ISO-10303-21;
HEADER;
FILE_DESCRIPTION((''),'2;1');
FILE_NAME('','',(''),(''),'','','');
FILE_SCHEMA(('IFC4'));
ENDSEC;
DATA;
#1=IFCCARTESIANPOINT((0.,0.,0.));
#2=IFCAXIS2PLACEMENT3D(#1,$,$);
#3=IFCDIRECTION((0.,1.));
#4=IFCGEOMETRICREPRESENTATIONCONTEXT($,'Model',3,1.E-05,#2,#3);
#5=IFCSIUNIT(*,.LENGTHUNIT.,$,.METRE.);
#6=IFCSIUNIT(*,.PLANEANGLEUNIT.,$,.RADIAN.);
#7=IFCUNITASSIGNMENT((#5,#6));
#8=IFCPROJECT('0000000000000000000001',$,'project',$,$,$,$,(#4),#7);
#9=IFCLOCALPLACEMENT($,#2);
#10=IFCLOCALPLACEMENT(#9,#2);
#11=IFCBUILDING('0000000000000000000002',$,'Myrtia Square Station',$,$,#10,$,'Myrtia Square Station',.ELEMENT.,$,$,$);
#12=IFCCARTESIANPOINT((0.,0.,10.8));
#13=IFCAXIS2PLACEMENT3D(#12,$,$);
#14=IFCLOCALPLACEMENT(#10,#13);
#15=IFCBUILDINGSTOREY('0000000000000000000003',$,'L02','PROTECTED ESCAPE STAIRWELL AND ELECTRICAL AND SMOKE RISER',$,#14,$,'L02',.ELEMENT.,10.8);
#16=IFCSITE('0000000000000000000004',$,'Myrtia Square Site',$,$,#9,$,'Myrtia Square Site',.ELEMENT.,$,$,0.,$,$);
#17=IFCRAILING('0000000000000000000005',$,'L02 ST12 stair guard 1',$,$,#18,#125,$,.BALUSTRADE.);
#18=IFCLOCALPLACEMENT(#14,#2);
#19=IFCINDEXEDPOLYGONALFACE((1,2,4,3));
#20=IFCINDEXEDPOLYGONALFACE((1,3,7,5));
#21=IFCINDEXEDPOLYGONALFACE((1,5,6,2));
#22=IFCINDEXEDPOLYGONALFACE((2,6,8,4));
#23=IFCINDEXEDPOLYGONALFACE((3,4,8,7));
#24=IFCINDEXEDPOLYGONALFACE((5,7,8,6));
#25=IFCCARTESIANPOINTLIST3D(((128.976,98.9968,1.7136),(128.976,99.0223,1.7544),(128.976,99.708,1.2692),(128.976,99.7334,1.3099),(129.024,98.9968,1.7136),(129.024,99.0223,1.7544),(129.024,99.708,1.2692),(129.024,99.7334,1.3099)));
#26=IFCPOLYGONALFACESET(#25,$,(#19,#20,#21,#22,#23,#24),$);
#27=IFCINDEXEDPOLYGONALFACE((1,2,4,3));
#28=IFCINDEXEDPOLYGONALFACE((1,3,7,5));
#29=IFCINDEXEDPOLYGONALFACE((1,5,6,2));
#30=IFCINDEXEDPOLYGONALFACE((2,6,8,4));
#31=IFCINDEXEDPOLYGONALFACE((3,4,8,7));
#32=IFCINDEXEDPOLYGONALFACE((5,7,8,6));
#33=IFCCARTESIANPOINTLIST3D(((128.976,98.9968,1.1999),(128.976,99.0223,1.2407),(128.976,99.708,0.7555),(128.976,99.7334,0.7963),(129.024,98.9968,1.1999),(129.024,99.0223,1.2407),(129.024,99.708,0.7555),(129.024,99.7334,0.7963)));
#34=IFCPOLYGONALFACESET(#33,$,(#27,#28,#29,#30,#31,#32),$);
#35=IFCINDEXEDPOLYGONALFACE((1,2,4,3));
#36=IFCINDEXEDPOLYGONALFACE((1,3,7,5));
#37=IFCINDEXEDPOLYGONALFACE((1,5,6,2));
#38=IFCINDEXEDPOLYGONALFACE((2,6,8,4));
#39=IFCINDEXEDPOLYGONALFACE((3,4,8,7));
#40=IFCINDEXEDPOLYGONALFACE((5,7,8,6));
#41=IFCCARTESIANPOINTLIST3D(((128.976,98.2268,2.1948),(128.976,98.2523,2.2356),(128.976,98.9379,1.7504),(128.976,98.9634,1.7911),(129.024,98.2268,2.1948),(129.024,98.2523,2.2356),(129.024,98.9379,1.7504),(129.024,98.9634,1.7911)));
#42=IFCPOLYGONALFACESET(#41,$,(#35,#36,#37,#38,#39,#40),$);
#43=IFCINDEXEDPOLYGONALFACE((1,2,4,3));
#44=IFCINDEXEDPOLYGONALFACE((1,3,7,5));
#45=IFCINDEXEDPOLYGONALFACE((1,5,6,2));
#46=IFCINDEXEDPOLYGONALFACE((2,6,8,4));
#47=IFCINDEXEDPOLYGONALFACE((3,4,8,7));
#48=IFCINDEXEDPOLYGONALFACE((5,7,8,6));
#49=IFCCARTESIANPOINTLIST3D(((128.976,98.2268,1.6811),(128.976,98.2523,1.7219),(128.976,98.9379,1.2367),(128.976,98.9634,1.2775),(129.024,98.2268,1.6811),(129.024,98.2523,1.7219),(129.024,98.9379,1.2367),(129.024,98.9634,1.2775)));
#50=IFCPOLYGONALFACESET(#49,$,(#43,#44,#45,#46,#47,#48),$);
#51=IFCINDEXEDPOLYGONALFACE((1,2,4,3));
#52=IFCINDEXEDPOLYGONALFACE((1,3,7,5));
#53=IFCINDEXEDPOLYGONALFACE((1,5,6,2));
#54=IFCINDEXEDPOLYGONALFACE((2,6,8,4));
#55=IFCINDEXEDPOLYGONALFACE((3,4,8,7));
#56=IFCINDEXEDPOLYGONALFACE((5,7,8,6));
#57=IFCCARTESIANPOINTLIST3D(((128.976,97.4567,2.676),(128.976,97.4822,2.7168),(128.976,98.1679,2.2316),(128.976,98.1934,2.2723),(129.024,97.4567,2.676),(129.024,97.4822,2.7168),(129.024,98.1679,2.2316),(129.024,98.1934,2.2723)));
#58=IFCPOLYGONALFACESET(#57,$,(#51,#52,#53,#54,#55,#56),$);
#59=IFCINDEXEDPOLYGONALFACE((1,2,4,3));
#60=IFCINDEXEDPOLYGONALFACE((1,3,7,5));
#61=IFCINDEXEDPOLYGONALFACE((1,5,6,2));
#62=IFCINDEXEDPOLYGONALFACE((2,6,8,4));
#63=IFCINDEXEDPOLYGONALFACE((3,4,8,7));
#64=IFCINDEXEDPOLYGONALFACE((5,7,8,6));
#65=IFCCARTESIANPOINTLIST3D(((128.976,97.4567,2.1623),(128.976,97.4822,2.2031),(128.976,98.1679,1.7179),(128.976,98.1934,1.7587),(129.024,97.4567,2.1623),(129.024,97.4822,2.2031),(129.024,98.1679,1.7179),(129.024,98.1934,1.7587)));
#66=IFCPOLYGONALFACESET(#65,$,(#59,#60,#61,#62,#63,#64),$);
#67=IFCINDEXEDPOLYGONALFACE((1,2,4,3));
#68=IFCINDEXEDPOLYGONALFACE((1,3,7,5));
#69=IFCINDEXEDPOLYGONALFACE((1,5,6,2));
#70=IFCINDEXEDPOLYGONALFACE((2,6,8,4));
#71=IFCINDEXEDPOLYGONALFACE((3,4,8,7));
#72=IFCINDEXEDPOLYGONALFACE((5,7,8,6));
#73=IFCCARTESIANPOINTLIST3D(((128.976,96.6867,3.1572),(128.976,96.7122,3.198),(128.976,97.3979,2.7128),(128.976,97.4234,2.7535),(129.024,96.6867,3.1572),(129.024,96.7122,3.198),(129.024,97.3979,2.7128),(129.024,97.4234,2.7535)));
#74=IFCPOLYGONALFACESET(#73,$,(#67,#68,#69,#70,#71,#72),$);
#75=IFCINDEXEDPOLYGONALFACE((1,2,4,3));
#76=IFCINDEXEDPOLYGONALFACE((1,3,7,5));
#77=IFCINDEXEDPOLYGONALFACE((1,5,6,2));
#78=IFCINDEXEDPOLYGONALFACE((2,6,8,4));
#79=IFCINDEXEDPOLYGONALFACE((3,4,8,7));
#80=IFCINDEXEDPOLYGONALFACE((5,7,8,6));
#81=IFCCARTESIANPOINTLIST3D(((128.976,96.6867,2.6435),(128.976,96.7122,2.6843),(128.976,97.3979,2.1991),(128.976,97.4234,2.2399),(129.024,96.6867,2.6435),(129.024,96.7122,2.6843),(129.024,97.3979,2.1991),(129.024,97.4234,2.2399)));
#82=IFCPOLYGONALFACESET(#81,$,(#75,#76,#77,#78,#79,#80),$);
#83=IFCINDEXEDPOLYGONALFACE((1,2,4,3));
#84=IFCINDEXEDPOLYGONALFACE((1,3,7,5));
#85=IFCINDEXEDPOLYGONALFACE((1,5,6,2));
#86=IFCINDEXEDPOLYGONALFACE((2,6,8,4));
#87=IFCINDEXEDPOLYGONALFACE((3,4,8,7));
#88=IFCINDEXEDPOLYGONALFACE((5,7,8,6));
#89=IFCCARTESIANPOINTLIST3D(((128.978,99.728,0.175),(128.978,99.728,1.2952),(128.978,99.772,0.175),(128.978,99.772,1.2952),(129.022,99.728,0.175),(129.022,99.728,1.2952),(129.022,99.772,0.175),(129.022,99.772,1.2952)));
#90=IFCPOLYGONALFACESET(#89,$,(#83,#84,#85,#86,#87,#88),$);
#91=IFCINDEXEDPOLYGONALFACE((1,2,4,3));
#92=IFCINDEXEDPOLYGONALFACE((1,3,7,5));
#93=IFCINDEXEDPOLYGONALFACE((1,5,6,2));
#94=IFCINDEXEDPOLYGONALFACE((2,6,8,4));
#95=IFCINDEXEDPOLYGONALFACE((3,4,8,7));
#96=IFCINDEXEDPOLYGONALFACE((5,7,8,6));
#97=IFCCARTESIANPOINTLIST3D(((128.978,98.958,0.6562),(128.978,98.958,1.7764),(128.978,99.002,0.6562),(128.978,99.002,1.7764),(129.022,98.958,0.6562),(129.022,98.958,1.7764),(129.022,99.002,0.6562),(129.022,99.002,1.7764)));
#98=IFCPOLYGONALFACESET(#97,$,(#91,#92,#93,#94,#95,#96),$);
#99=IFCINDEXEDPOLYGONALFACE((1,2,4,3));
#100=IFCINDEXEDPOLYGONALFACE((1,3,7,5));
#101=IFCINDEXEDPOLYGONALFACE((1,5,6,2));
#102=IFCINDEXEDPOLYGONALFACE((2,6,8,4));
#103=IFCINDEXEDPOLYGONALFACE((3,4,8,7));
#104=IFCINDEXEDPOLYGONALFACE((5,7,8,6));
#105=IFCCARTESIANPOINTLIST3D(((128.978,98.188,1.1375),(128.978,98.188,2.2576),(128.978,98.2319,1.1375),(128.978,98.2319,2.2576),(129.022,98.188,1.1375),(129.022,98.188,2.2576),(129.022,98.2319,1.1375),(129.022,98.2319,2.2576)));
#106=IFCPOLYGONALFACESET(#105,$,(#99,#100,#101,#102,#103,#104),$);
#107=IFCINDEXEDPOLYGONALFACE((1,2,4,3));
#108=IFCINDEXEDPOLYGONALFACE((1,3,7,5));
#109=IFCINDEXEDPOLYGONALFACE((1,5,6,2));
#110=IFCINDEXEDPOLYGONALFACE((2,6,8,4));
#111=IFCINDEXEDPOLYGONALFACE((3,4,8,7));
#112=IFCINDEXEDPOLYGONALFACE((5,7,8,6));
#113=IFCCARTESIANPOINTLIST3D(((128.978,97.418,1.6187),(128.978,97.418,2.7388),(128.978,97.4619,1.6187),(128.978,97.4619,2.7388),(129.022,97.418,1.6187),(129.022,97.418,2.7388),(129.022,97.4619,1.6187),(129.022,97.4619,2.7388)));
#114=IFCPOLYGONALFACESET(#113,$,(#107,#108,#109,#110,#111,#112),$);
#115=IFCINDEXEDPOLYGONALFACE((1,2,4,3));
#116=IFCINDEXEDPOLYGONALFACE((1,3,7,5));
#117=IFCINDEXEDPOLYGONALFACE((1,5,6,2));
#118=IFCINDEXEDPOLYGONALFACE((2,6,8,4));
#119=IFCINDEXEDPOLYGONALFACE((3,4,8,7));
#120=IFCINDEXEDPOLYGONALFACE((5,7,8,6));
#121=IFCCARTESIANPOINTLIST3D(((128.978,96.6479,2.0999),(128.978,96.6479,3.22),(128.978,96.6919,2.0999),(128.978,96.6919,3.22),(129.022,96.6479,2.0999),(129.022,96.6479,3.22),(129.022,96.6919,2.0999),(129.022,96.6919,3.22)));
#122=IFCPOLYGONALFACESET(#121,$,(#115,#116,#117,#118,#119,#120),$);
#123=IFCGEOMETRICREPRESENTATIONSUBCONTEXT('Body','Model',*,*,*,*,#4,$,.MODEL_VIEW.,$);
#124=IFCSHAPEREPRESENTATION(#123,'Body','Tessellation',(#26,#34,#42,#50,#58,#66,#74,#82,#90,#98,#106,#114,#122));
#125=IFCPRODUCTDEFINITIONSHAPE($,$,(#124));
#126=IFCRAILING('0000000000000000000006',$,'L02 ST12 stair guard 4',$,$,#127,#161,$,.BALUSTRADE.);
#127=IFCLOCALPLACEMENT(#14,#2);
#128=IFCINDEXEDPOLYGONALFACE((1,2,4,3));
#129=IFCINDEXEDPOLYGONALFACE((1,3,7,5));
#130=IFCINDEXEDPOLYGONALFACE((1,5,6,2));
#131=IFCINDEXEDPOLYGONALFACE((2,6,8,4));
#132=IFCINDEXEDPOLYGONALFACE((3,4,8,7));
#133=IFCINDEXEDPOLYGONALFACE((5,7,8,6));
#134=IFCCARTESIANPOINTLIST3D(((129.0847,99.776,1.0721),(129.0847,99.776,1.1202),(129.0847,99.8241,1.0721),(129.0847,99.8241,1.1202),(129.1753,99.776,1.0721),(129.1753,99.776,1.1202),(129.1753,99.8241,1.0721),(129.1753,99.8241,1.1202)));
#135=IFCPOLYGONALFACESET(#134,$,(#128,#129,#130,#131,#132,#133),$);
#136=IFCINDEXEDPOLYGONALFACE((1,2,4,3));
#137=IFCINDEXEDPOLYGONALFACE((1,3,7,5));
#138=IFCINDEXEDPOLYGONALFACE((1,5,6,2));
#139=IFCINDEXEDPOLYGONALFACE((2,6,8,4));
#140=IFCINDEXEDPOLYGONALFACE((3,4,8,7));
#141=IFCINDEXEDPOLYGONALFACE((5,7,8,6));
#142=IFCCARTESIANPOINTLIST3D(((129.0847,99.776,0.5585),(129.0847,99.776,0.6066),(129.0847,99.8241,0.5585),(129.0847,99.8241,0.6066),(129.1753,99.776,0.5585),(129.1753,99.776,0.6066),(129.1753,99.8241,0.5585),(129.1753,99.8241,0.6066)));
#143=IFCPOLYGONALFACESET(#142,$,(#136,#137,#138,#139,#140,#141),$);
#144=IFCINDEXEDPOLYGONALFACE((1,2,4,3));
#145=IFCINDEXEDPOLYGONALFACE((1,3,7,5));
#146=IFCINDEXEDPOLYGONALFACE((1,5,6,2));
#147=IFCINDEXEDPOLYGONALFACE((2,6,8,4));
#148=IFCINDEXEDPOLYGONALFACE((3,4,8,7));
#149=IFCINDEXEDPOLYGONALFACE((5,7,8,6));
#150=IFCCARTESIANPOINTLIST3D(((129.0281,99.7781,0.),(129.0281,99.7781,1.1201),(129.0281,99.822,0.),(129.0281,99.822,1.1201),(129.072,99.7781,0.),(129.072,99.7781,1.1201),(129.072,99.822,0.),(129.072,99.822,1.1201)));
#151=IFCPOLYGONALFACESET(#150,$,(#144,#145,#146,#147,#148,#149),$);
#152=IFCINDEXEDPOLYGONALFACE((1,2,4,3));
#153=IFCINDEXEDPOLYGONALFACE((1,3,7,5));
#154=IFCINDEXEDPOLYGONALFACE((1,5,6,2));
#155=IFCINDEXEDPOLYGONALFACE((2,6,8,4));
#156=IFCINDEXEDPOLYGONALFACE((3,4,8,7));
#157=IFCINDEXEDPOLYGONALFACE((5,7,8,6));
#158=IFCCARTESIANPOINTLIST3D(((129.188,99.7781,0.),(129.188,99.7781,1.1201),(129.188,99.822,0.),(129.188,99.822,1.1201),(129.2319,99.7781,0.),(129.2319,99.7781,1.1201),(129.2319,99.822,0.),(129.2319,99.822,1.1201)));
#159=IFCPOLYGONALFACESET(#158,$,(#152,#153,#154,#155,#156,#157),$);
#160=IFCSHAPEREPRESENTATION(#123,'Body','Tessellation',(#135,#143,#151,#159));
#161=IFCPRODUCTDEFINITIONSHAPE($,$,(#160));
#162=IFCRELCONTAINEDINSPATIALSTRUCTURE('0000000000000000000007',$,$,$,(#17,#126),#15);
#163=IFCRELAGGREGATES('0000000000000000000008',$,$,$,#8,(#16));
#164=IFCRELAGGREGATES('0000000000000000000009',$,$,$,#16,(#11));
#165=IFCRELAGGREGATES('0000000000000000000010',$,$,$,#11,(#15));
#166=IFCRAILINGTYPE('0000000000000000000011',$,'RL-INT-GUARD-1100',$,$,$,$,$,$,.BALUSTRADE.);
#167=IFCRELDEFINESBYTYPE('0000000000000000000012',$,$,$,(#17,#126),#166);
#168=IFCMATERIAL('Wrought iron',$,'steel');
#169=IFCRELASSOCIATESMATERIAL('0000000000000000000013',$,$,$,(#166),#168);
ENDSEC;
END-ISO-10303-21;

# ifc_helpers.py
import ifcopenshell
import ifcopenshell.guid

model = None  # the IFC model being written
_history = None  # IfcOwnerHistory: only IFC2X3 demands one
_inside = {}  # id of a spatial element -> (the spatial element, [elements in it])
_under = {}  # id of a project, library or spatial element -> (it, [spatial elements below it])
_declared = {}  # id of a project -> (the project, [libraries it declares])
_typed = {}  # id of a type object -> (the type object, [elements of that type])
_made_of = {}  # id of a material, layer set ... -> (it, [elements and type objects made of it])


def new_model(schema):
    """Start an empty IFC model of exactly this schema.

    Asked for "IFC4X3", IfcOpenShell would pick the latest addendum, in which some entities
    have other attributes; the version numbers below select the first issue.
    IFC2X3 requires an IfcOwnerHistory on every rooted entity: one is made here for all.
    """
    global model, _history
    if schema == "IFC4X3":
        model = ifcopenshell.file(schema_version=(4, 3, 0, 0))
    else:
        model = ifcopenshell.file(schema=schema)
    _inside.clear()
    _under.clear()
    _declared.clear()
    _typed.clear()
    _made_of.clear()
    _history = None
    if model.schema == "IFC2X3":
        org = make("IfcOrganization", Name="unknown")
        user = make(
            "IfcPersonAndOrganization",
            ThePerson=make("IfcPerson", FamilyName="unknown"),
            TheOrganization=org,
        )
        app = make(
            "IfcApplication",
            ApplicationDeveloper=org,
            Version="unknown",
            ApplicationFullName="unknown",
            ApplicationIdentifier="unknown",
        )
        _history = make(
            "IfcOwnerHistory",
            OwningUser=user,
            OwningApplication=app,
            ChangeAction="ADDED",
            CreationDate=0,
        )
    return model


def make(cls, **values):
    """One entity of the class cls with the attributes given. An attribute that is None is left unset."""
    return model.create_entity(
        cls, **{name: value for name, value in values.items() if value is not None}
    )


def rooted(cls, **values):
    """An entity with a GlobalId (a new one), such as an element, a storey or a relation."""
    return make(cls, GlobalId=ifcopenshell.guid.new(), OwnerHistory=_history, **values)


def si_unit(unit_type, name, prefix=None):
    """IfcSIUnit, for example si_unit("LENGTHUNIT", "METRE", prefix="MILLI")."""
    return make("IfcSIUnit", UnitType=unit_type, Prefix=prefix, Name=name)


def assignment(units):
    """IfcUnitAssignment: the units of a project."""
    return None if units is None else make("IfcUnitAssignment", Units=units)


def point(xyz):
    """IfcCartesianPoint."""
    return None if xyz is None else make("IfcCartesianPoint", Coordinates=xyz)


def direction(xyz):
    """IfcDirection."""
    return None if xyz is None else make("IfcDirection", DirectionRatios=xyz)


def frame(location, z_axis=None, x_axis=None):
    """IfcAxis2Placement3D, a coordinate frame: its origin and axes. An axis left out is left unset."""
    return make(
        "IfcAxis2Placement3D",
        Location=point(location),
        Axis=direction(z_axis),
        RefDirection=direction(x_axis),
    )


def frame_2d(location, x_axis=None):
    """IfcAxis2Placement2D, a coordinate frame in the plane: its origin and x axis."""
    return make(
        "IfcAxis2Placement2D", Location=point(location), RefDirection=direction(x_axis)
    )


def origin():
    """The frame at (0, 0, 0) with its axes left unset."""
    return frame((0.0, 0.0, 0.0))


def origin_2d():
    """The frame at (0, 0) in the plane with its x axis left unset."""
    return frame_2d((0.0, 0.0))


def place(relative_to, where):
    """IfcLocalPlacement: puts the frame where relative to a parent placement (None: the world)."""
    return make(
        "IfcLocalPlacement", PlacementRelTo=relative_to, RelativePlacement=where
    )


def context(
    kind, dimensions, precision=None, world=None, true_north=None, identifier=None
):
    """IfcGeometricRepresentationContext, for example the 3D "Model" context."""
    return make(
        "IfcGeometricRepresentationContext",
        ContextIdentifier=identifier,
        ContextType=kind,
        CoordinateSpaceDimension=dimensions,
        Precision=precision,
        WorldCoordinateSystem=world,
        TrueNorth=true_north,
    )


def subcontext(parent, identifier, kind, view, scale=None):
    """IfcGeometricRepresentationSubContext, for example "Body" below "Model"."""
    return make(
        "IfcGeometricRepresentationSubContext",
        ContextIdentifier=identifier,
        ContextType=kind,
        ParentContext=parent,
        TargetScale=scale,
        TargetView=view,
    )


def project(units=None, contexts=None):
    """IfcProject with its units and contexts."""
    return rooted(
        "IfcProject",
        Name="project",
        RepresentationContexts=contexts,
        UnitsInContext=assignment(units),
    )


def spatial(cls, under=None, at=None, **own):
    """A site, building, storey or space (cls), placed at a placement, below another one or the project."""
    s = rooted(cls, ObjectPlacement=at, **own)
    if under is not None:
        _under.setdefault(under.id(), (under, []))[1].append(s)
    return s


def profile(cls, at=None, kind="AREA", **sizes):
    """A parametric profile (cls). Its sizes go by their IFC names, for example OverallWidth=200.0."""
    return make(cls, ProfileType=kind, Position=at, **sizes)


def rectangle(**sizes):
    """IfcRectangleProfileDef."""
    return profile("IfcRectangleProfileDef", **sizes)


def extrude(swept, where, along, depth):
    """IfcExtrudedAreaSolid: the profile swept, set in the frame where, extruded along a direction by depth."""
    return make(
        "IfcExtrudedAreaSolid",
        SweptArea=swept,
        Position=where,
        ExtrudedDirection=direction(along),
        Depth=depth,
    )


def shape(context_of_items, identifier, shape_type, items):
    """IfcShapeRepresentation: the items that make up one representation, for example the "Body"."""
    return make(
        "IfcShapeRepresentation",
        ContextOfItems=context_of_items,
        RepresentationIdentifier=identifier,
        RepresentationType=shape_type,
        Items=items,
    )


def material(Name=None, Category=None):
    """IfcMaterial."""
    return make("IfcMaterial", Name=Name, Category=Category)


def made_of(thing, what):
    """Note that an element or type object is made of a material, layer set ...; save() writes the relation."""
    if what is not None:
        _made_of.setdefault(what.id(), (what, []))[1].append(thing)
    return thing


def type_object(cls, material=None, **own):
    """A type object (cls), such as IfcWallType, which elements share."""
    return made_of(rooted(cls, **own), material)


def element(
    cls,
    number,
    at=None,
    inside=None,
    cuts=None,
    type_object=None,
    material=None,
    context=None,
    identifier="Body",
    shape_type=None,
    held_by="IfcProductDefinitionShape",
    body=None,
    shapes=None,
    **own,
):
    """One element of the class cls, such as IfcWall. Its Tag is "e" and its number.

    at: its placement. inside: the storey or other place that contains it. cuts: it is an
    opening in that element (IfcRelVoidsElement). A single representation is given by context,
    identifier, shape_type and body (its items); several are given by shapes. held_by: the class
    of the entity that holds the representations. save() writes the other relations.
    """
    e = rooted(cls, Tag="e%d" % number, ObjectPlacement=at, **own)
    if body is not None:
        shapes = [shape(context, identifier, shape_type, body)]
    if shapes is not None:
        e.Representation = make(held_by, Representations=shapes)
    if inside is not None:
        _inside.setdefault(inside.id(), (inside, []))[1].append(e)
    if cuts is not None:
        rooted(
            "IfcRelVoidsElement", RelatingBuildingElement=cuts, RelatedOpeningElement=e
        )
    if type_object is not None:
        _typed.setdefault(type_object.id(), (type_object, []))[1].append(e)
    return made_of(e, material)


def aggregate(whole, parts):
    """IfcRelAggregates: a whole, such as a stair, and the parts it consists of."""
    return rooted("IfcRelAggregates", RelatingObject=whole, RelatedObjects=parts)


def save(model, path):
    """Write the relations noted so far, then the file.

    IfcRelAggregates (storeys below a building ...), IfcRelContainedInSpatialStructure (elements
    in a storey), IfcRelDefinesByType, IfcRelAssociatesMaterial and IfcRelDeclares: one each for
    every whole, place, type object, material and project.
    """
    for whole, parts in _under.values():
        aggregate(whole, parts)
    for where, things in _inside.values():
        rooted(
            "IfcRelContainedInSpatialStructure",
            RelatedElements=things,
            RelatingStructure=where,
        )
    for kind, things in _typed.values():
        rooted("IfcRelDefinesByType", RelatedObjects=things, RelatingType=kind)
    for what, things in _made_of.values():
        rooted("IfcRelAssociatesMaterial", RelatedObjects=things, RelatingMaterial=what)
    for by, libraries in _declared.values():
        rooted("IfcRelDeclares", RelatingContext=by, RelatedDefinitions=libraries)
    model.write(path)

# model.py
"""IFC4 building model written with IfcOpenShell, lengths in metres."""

from ifc_helpers import new_model, si_unit, direction, frame, origin, origin_2d, place, context, subcontext, project, spatial, rectangle, extrude, material, type_object, element, save


model = new_model("IFC4")

# Units and contexts
model_context = context("Model", 3, precision=1e-05, world=origin(), true_north=direction((0.0, 1.0)))
body_context = subcontext(model_context, "Body", "Model", "MODEL_VIEW")
ifc_project = project(units=[si_unit("LENGTHUNIT", "METRE"), si_unit("PLANEANGLEUNIT", "RADIAN")], contexts=[model_context])

# Site, building, storey
site_placement = place(None, origin())
site = spatial("IfcSite", under=ifc_project, at=site_placement, Name="Myrtia Square Site", LongName="Myrtia Square Site", CompositionType="ELEMENT", RefElevation=0.0)
building_placement = place(site_placement, origin())
building = spatial("IfcBuilding", under=site, at=building_placement, Name="Myrtia Square Station", LongName="Myrtia Square Station", CompositionType="ELEMENT")
storey_placement = place(building_placement, frame((0.0, 0.0, 10.8)))
storey = spatial("IfcBuildingStorey", under=building, at=storey_placement, Name="L02", Description="PROTECTED ESCAPE STAIRWELL AND ELECTRICAL AND SMOKE RISER", LongName="L02", CompositionType="ELEMENT", Elevation=10.8)

# Railings
ifc_material_1 = material(Name="Wrought iron", Category="steel")
railing_type_1 = type_object("IfcRailingType", Name="RL-INT-GUARD-1100", PredefinedType="BALUSTRADE", material=ifc_material_1)
railing_1_placement = place(storey_placement, frame((129.0, 99.75, 0.175)))
element("IfcRailing", 1, at=railing_1_placement, inside=storey, type_object=railing_type_1, Name="L02 ST12 stair guard 1", PredefinedType="BALUSTRADE", context=body_context, shape_type="SweptSolid", body=[
    extrude(rectangle(XDim=0.0481, YDim=0.0481, at=origin_2d()), frame((0.0, -0.0293, 1.1145), z_axis=(0.0, -0.848029, 0.529951), x_axis=(1.0, 0.0, 0.0)), (0.0, 0.0, 1.0), 0.8386),
    extrude(rectangle(XDim=0.0481, YDim=0.0481, at=origin_2d()), frame((0.0, -0.0293, 0.6008), z_axis=(0.0, -0.848029, 0.529951), x_axis=(1.0, 0.0, 0.0)), (0.0, 0.0, 1.0), 0.8386),
    extrude(rectangle(XDim=0.0481, YDim=0.0481, at=origin_2d()), frame((0.0, -0.7993, 1.5957), z_axis=(0.0, -0.848029, 0.529951), x_axis=(1.0, 0.0, 0.0)), (0.0, 0.0, 1.0), 0.8386),
    extrude(rectangle(XDim=0.0481, YDim=0.0481, at=origin_2d()), frame((0.0, -0.7993, 1.082), z_axis=(0.0, -0.848029, 0.529951), x_axis=(1.0, 0.0, 0.0)), (0.0, 0.0, 1.0), 0.8386),
    extrude(rectangle(XDim=0.0481, YDim=0.0481, at=origin_2d()), frame((0.0, -1.5693, 2.0769), z_axis=(0.0, -0.848029, 0.529951), x_axis=(1.0, 0.0, 0.0)), (0.0, 0.0, 1.0), 0.8386),
    extrude(rectangle(XDim=0.0481, YDim=0.0481, at=origin_2d()), frame((0.0, -1.5693, 1.5632), z_axis=(0.0, -0.848029, 0.529951), x_axis=(1.0, 0.0, 0.0)), (0.0, 0.0, 1.0), 0.8386),
    extrude(rectangle(XDim=0.0481, YDim=0.0481, at=origin_2d()), frame((0.0, -2.3394, 2.5581), z_axis=(0.0, -0.848029, 0.529951), x_axis=(1.0, 0.0, 0.0)), (0.0, 0.0, 1.0), 0.8386),
    extrude(rectangle(XDim=0.0481, YDim=0.0481, at=origin_2d()), frame((0.0, -2.3394, 2.0444), z_axis=(0.0, -0.848029, 0.529951), x_axis=(1.0, 0.0, 0.0)), (0.0, 0.0, 1.0), 0.8386),
    extrude(rectangle(XDim=0.0439, YDim=0.0439, at=origin_2d()), origin(), (0.0, 0.0, 1.0), 1.1201),
    extrude(rectangle(XDim=0.0439, YDim=0.0439, at=origin_2d()), frame((0.0, -0.77, 0.4812)), (0.0, 0.0, 1.0), 1.1201),
    extrude(rectangle(XDim=0.0439, YDim=0.0439, at=origin_2d()), frame((0.0, -1.54, 0.9624)), (0.0, 0.0, 1.0), 1.1201),
    extrude(rectangle(XDim=0.0439, YDim=0.0439, at=origin_2d()), frame((0.0, -2.3101, 1.4436)), (0.0, 0.0, 1.0), 1.1201),
    extrude(rectangle(XDim=0.0439, YDim=0.0439, at=origin_2d()), frame((0.0, -3.0801, 1.9248)), (0.0, 0.0, 1.0), 1.1201),
])
railing_2_placement = place(storey_placement, frame((129.05, 99.8, 0.0)))
element("IfcRailing", 2, at=railing_2_placement, inside=storey, type_object=railing_type_1, Name="L02 ST12 stair guard 4", PredefinedType="BALUSTRADE", context=body_context, shape_type="SweptSolid", body=[
    extrude(rectangle(XDim=0.0481, YDim=0.0481, at=origin_2d()), frame((0.0347, 0.0, 1.0962), z_axis=(1.0, 0.0, 0.0), x_axis=(0.0, 1.0, 0.0)), (0.0, 0.0, 1.0), 0.0906),
    extrude(rectangle(XDim=0.0481, YDim=0.0481, at=origin_2d()), frame((0.0347, 0.0, 0.5825), z_axis=(1.0, 0.0, 0.0), x_axis=(0.0, 1.0, 0.0)), (0.0, 0.0, 1.0), 0.0906),
    extrude(rectangle(XDim=0.0439, YDim=0.0439, at=origin_2d()), origin(), (0.0, 0.0, 1.0), 1.1201),
    extrude(rectangle(XDim=0.0439, YDim=0.0439, at=origin_2d()), frame((0.1599, 0.0, 0.0)), (0.0, 0.0, 1.0), 1.1201),
])

save(model, "model.ifc")
